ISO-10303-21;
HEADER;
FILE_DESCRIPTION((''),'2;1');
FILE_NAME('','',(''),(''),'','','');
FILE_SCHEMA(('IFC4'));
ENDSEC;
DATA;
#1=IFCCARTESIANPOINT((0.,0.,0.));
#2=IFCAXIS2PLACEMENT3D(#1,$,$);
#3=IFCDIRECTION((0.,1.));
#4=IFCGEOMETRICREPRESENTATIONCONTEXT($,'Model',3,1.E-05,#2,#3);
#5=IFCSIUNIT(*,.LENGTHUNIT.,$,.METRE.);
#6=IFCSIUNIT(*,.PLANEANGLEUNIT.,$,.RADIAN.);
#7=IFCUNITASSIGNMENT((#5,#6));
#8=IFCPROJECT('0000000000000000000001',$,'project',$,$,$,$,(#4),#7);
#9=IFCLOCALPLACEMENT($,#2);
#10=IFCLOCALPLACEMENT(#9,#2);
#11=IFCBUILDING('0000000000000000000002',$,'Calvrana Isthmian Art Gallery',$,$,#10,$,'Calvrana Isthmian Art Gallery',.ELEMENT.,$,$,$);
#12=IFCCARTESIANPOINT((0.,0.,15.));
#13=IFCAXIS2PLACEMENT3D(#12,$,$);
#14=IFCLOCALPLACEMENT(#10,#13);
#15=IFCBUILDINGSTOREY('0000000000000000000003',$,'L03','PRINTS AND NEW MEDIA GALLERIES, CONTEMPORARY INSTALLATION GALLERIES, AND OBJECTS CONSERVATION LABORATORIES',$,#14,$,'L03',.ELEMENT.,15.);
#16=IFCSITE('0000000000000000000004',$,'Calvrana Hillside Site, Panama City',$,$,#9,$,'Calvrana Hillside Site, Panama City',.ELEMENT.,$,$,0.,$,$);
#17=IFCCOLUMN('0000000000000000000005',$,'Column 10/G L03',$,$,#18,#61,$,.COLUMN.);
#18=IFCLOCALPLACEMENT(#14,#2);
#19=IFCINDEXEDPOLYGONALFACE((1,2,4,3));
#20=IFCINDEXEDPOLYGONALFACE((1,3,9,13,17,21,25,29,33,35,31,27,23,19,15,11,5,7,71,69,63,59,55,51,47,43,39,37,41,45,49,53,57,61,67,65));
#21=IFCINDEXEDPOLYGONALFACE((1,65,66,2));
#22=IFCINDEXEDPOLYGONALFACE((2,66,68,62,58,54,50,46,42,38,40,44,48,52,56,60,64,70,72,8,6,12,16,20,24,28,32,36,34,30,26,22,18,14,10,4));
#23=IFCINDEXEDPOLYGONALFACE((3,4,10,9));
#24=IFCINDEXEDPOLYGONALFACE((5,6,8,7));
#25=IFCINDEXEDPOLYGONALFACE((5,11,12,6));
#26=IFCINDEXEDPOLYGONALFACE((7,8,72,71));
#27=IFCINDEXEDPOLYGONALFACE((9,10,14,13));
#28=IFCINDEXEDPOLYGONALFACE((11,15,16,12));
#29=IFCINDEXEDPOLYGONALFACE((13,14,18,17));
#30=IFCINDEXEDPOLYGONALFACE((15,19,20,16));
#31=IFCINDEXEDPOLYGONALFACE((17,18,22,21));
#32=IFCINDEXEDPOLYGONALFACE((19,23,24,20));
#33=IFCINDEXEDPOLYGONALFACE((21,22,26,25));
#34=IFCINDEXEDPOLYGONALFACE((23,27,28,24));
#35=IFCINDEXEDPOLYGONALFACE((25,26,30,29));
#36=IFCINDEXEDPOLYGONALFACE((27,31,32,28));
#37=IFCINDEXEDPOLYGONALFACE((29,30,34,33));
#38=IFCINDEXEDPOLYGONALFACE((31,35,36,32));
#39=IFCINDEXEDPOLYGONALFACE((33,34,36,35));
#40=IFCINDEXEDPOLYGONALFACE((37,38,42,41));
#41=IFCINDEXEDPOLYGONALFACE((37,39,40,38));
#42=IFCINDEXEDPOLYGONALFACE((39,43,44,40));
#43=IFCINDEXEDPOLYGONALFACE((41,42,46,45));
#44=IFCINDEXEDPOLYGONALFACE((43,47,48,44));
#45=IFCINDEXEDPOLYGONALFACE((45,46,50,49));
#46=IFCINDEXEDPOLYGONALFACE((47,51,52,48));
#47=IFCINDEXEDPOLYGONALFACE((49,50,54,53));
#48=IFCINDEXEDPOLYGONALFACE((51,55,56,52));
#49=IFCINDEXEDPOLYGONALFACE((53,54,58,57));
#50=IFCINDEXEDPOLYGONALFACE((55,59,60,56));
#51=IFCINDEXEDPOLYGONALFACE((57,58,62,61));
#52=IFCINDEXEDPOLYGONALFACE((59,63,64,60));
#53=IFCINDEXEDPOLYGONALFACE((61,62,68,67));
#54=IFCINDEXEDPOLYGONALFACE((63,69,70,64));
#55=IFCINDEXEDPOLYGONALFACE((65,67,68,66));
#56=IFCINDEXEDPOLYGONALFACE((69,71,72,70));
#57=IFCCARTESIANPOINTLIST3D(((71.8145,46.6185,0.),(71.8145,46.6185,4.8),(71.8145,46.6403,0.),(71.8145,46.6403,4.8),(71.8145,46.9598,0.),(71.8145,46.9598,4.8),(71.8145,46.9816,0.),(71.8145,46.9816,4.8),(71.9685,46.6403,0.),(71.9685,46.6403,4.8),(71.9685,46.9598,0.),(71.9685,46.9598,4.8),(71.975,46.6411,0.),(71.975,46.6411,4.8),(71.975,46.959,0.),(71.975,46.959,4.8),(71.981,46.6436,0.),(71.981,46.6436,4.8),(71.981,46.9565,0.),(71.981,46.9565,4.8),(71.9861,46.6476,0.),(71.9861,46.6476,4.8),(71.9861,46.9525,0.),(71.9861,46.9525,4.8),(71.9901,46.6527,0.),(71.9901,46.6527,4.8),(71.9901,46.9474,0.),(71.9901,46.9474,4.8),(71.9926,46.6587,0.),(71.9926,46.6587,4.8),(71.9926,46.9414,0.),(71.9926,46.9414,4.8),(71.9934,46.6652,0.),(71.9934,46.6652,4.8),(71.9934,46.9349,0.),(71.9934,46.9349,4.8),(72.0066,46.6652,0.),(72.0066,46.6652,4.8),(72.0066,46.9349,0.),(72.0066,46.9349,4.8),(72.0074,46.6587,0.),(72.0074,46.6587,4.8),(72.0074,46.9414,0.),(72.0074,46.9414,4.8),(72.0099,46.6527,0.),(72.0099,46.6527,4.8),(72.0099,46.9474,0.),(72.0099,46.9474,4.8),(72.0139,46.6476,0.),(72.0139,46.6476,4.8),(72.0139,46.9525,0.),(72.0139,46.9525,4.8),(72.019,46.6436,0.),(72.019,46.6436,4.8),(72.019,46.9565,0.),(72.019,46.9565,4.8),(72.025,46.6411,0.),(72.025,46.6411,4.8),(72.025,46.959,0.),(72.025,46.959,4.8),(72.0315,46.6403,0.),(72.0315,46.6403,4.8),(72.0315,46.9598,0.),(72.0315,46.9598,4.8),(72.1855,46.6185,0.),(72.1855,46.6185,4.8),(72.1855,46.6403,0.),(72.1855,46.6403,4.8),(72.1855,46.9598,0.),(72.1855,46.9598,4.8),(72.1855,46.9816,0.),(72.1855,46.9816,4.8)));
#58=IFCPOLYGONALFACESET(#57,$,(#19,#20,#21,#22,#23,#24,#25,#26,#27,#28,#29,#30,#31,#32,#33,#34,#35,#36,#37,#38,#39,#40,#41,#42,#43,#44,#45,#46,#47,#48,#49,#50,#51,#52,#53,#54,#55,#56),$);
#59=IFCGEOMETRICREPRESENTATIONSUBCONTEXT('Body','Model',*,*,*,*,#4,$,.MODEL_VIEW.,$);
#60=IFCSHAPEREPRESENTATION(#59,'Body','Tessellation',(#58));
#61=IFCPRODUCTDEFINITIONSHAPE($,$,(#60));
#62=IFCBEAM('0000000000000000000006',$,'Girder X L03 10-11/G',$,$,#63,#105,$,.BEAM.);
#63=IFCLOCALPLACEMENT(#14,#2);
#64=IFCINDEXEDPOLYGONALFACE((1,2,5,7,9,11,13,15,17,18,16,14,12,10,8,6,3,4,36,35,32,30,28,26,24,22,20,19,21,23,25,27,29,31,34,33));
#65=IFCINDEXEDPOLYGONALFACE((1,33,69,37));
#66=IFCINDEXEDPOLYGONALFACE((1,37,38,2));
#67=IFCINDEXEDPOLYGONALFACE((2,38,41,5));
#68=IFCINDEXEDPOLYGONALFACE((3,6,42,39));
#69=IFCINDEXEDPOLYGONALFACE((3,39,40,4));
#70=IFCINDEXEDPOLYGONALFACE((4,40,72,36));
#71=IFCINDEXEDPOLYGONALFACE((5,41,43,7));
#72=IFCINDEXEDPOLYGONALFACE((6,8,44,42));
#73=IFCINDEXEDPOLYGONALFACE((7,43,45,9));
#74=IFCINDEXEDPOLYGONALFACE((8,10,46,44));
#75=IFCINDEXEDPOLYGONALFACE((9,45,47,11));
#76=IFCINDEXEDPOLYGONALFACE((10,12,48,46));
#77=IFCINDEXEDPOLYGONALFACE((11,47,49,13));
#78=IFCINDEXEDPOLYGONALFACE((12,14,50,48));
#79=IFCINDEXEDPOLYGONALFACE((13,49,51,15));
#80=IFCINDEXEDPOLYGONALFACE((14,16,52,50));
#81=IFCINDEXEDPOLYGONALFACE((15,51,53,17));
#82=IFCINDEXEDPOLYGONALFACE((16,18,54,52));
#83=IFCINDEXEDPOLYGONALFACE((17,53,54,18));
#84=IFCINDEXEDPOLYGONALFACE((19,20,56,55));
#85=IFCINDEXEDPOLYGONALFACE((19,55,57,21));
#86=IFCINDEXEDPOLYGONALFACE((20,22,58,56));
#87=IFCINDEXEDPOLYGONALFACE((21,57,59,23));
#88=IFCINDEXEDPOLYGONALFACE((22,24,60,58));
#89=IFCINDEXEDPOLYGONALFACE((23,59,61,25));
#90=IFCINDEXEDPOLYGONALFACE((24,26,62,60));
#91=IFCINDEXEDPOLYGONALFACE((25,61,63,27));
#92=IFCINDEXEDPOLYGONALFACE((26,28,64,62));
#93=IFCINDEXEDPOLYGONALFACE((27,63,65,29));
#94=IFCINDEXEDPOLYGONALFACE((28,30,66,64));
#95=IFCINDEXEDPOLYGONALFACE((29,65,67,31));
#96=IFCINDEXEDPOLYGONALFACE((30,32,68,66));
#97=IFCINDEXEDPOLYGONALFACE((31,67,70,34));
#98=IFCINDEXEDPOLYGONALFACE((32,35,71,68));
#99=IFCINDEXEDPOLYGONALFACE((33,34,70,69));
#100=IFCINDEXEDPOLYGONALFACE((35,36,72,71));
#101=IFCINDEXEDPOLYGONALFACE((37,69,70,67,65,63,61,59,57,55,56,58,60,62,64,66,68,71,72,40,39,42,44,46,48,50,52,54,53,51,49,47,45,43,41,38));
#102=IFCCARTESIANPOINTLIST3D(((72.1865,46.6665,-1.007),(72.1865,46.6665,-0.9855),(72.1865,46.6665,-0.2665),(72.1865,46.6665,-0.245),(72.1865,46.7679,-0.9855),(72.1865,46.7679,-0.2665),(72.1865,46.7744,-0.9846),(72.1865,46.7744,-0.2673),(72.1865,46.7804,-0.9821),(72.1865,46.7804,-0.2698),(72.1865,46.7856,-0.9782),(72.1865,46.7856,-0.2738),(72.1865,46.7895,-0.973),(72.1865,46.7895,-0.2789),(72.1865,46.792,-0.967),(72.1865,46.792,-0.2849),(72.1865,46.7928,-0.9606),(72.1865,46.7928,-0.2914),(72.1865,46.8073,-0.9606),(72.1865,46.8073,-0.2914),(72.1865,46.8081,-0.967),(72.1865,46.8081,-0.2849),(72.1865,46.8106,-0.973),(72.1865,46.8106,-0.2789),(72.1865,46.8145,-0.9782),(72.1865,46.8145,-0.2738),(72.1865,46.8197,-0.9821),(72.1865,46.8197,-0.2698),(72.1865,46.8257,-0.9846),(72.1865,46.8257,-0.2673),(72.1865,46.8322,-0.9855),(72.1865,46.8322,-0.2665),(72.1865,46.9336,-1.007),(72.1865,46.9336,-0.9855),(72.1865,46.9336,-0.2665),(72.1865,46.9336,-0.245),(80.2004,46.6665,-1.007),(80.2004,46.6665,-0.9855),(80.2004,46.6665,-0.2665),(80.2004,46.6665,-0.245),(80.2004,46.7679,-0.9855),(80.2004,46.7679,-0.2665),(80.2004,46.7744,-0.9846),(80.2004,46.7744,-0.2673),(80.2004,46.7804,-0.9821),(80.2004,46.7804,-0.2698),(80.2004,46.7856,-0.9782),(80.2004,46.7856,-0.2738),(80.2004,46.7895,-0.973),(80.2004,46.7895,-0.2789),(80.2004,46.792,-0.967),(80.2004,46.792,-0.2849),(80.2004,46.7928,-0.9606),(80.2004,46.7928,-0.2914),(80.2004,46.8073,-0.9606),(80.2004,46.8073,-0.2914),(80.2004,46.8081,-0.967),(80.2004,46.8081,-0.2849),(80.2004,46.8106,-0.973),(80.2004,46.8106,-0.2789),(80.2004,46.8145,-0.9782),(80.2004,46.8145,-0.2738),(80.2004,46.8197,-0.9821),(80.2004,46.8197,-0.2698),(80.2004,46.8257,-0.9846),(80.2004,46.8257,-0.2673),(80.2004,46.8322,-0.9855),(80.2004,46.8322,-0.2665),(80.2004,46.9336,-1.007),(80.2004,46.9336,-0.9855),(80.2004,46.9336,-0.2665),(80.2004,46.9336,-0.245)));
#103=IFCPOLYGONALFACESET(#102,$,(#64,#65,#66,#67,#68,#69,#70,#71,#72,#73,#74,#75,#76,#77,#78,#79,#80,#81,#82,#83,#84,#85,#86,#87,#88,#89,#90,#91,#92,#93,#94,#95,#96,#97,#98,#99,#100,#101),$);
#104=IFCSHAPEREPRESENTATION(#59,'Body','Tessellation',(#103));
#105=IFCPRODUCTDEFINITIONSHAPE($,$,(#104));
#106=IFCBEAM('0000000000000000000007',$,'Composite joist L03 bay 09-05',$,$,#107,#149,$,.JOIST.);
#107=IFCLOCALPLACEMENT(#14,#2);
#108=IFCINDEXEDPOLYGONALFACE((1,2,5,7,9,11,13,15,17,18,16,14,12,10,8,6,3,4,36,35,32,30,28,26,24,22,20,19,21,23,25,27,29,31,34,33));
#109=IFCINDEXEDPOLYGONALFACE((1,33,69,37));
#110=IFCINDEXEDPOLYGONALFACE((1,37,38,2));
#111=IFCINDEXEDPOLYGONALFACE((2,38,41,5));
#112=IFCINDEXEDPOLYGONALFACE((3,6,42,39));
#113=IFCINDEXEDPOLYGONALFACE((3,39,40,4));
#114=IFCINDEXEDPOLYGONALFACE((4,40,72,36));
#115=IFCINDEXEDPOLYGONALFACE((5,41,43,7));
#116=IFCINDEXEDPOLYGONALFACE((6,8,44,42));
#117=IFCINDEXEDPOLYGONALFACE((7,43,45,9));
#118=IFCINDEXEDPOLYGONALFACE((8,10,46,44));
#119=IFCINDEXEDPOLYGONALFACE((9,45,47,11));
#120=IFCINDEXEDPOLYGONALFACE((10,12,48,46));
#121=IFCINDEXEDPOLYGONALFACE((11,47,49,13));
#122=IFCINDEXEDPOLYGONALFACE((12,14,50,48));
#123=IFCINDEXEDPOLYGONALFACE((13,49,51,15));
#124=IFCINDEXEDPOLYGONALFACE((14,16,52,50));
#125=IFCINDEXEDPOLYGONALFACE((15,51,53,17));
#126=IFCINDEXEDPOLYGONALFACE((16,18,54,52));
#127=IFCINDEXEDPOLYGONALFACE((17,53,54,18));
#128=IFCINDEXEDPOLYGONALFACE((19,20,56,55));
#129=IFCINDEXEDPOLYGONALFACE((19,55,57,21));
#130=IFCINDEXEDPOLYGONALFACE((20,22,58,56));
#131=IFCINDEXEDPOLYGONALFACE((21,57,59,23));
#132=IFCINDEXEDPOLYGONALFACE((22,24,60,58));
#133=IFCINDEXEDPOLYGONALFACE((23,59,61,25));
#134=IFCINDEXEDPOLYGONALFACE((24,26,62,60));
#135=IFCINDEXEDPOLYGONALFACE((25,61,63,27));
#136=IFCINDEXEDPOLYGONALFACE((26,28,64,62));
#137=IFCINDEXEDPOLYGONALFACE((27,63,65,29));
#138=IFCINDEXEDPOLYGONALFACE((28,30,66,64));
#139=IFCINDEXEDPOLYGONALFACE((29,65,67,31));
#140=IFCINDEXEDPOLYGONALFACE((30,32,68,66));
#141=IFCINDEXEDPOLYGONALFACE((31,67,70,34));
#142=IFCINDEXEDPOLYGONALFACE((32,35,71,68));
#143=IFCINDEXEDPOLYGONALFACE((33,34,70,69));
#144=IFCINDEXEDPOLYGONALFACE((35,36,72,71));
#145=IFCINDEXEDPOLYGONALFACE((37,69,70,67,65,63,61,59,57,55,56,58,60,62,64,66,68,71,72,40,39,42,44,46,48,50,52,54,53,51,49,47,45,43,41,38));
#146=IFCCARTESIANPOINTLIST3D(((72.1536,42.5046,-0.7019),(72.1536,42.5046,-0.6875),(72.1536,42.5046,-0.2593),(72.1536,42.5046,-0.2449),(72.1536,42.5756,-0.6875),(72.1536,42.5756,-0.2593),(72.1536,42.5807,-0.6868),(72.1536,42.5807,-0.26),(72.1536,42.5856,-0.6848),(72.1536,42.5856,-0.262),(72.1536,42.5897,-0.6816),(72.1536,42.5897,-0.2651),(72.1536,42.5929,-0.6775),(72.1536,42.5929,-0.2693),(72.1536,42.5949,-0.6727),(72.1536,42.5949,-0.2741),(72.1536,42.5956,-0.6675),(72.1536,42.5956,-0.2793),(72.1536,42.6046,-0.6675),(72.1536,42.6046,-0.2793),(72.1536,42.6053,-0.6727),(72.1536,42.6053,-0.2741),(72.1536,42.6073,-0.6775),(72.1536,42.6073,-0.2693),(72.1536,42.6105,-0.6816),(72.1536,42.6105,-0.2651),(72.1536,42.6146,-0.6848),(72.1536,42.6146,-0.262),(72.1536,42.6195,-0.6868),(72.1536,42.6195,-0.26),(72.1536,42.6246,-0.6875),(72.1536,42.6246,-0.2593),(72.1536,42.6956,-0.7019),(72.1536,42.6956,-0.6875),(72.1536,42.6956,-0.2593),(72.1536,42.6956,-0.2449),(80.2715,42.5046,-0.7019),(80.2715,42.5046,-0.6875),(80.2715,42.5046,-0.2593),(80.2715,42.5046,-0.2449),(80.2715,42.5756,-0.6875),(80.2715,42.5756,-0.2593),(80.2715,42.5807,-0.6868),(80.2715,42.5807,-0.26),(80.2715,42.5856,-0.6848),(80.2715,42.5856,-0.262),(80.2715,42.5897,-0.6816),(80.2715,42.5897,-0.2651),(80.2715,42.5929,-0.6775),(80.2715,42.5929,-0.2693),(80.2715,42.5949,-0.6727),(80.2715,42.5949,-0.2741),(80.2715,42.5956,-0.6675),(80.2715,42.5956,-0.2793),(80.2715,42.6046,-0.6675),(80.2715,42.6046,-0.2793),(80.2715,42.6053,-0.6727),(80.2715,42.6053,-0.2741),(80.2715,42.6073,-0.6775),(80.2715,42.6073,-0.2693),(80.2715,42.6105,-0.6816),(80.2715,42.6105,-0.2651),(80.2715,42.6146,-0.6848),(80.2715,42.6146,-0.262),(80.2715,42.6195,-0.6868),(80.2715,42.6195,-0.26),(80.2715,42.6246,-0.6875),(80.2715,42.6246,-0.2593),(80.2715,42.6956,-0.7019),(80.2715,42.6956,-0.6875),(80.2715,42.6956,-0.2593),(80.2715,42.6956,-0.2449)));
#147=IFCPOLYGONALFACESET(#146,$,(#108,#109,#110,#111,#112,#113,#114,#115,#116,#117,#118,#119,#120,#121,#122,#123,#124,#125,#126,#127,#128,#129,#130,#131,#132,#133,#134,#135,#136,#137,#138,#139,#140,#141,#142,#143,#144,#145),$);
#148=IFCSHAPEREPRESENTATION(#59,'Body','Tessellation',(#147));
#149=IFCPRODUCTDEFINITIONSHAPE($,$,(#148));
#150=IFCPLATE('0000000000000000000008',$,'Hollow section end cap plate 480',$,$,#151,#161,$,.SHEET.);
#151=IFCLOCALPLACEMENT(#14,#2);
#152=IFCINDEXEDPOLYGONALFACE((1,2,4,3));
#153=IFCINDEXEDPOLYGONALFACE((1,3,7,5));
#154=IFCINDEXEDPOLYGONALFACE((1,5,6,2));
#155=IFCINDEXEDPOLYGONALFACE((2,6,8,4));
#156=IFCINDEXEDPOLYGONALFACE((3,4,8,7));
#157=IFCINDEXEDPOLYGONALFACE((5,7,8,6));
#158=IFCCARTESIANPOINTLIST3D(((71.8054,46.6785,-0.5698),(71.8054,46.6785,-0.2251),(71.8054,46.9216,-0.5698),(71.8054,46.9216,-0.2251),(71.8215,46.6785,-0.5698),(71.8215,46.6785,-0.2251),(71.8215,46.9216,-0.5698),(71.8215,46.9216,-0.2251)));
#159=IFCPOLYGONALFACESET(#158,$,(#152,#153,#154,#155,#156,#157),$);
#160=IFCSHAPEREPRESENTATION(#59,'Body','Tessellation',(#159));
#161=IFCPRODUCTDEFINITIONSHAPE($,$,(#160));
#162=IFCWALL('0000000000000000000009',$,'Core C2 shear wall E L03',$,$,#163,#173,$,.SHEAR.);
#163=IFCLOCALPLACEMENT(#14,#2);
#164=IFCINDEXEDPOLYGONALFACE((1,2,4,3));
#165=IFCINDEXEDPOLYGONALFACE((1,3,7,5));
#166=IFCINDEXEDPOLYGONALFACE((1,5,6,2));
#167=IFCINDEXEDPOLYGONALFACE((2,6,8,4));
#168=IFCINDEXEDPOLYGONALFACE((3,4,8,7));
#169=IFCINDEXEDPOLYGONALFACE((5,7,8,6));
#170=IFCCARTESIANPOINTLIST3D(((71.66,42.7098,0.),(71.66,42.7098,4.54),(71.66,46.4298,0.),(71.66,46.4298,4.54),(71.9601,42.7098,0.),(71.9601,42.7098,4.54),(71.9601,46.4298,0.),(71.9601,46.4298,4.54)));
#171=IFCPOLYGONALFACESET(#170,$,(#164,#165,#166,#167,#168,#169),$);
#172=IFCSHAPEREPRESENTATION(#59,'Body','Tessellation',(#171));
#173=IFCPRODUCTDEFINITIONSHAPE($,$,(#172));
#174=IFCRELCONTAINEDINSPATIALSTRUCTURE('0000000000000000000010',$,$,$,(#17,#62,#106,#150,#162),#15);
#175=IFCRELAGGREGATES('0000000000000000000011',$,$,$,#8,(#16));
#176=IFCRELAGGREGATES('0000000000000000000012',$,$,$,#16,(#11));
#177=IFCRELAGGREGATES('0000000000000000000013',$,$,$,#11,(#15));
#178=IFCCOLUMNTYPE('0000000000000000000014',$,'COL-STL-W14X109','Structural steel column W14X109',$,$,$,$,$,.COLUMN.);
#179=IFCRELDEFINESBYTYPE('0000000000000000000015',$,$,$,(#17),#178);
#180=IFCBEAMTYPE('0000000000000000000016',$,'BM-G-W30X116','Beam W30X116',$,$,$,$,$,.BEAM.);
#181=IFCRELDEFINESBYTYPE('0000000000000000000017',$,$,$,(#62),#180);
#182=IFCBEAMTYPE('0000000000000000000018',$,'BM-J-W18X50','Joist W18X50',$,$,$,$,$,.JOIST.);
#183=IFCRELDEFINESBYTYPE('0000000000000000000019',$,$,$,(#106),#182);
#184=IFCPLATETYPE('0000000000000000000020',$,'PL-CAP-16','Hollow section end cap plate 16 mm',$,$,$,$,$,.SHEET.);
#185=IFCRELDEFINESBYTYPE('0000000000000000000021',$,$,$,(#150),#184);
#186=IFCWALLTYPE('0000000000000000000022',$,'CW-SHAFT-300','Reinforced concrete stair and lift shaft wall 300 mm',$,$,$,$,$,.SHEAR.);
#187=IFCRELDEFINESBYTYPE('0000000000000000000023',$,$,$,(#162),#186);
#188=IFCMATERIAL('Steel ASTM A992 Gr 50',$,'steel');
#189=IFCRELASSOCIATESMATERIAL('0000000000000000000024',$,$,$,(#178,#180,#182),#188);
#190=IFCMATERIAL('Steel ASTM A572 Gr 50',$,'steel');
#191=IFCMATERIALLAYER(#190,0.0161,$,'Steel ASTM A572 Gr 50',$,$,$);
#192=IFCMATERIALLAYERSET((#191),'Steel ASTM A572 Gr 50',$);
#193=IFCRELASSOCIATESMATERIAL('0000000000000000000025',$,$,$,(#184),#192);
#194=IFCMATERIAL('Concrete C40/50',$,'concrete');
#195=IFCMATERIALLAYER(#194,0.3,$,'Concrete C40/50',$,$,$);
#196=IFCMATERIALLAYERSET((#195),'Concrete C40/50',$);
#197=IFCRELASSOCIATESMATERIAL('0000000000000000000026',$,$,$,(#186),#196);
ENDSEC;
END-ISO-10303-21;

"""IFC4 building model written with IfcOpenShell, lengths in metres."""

from ifc_helpers import new_model, si_unit, direction, frame, frame_2d, origin, origin_2d, place, context, subcontext, project, spatial, rectangle, i_section, extrude, material, layer, layer_set, material_profile, profile_set, type_object, element, save


model = new_model("IFC4")

# Units and contexts
model_context = context("Model", 3, precision=1e-05, world=origin(), true_north=direction((0.0, 1.0)))
body_context = subcontext(model_context, "Body", "Model", "MODEL_VIEW")
ifc_project = project(units=[si_unit("LENGTHUNIT", "METRE"), si_unit("PLANEANGLEUNIT", "RADIAN")], contexts=[model_context])

# Site, building, storey
site_placement = place(None, origin())
site = spatial("IfcSite", under=ifc_project, at=site_placement, Name="Calvrana Hillside Site, Panama City", LongName="Calvrana Hillside Site, Panama City", CompositionType="ELEMENT", RefElevation=0.0)
building_placement = place(site_placement, origin())
building = spatial("IfcBuilding", under=site, at=building_placement, Name="Calvrana Isthmian Art Gallery", LongName="Calvrana Isthmian Art Gallery", CompositionType="ELEMENT")
storey_placement = place(building_placement, frame((0.0, 0.0, 15.0)))
storey = spatial("IfcBuildingStorey", under=building, at=storey_placement, Name="L03", Description="PRINTS AND NEW MEDIA GALLERIES, CONTEMPORARY INSTALLATION GALLERIES, AND OBJECTS CONSERVATION LABORATORIES", LongName="L03", CompositionType="ELEMENT", Elevation=15.0)

# Column
ifc_material_1 = material(Name="Steel ASTM A992 Gr 50", Category="steel")
ifc_material_profile_1 = material_profile(ifc_material_1, i_section(OverallWidth=0.3711, OverallDepth=0.363, WebThickness=0.0132, FlangeThickness=0.0217, FilletRadius=0.0249, at=origin_2d()), Name="W14X109")
ifc_profile_set_1 = profile_set([ifc_material_profile_1], Name="Steel ASTM A992 Gr 50")
column_type = type_object("IfcColumnType", Name="COL-STL-W14X109", Description="Structural steel column W14X109", PredefinedType="COLUMN", material=ifc_profile_set_1)
column_placement = place(storey_placement, frame((72.0, 46.8, 0.0), z_axis=(0.0, 0.0, 1.0), x_axis=(1.0, 0.0, 0.0)))
element("IfcColumn", 1, at=column_placement, inside=storey, type_object=column_type, Name="Column 10/G L03", PredefinedType="COLUMN", context=body_context, shape_type="SweptSolid", body=[
    extrude(i_section(OverallWidth=0.3711, OverallDepth=0.363, WebThickness=0.0132, FlangeThickness=0.0217, FilletRadius=0.0249, at=origin_2d()), origin(), (0.0, 0.0, 1.0), 4.8),
])

# Beams
ifc_material_profile_2 = material_profile(ifc_material_1, i_section(OverallWidth=0.2671, OverallDepth=0.762, WebThickness=0.0144, FlangeThickness=0.0215, FilletRadius=0.0249, at=origin_2d()), Name="W30X116")
ifc_profile_set_2 = profile_set([ifc_material_profile_2], Name="Steel ASTM A992 Gr 50")
beam_type_1 = type_object("IfcBeamType", Name="BM-G-W30X116", Description="Beam W30X116", PredefinedType="BEAM", material=ifc_profile_set_2)
beam_1_placement = place(storey_placement, frame((72.1865, 46.8, -0.626), z_axis=(1.0, 0.0, 0.0), x_axis=(0.0, 1.0, 0.0)))
element("IfcBeam", 2, at=beam_1_placement, inside=storey, type_object=beam_type_1, Name="Girder X L03 10-11/G", PredefinedType="BEAM", context=body_context, shape_type="SweptSolid", body=[
    extrude(i_section(OverallWidth=0.2671, OverallDepth=0.762, WebThickness=0.0144, FlangeThickness=0.0215, FilletRadius=0.0249, at=origin_2d()), origin(), (0.0, 0.0, 1.0), 8.0139),
])
ifc_material_profile_3 = material_profile(ifc_material_1, i_section(OverallWidth=0.1909, OverallDepth=0.457, WebThickness=0.009, FlangeThickness=0.0144, FilletRadius=0.02, at=origin_2d()), Name="W18X50")
ifc_profile_set_3 = profile_set([ifc_material_profile_3], Name="Steel ASTM A992 Gr 50")
beam_type_2 = type_object("IfcBeamType", Name="BM-J-W18X50", Description="Joist W18X50", PredefinedType="JOIST", material=ifc_profile_set_3)
beam_2_placement = place(storey_placement, frame((72.1536, 42.6001, -0.4734), z_axis=(1.0, 0.0, 0.0), x_axis=(0.0, 1.0, 0.0)))
element("IfcBeam", 3, at=beam_2_placement, inside=storey, type_object=beam_type_2, Name="Composite joist L03 bay 09-05", PredefinedType="JOIST", context=body_context, shape_type="SweptSolid", body=[
    extrude(i_section(OverallWidth=0.1909, OverallDepth=0.457, WebThickness=0.009, FlangeThickness=0.0144, FilletRadius=0.02, at=origin_2d()), origin(), (0.0, 0.0, 1.0), 8.1179),
])

# Plate
ifc_material_2 = material(Name="Steel ASTM A572 Gr 50", Category="steel")
ifc_layer_1 = layer(ifc_material_2, 0.0161, Name="Steel ASTM A572 Gr 50")
ifc_layer_set_1 = layer_set([ifc_layer_1], Name="Steel ASTM A572 Gr 50")
plate_type = type_object("IfcPlateType", Name="PL-CAP-16", Description="Hollow section end cap plate 16 mm", PredefinedType="SHEET", material=ifc_layer_set_1)
plate_placement = place(storey_placement, frame((71.8135, 46.8, -0.5698), z_axis=(0.0, 0.0, 1.0), x_axis=(1.0, 0.0, 0.0)))
element("IfcPlate", 4, at=plate_placement, inside=storey, type_object=plate_type, Name="Hollow section end cap plate 480", PredefinedType="SHEET", context=body_context, shape_type="SweptSolid", body=[
    extrude(rectangle(XDim=0.0161, YDim=0.2432, at=origin_2d()), origin(), (0.0, 0.0, 1.0), 0.3447),
])

# Wall
ifc_material_3 = material(Name="Concrete C40/50", Category="concrete")
ifc_layer_2 = layer(ifc_material_3, 0.3, Name="Concrete C40/50")
ifc_layer_set_2 = layer_set([ifc_layer_2], Name="Concrete C40/50")
wall_type_1 = type_object("IfcWallType", Name="CW-SHAFT-300", Description="Reinforced concrete stair and lift shaft wall 300 mm", PredefinedType="SHEAR", material=ifc_layer_set_2)
wall_1_placement = place(storey_placement, frame((71.8101, 42.71, 0.0), z_axis=(0.0, 0.0, 1.0), x_axis=(0.0, 1.0, 0.0)))
element("IfcWall", 5, at=wall_1_placement, inside=storey, type_object=wall_type_1, Name="Core C2 shear wall E L03", PredefinedType="SHEAR", context=body_context, shape_type="SweptSolid", body=[
    extrude(rectangle(XDim=3.72, YDim=0.3, at=frame_2d((1.8599, 0.0))), origin(), (0.0, 0.0, 1.0), 4.54),
])

save(model, "model.ifc")
